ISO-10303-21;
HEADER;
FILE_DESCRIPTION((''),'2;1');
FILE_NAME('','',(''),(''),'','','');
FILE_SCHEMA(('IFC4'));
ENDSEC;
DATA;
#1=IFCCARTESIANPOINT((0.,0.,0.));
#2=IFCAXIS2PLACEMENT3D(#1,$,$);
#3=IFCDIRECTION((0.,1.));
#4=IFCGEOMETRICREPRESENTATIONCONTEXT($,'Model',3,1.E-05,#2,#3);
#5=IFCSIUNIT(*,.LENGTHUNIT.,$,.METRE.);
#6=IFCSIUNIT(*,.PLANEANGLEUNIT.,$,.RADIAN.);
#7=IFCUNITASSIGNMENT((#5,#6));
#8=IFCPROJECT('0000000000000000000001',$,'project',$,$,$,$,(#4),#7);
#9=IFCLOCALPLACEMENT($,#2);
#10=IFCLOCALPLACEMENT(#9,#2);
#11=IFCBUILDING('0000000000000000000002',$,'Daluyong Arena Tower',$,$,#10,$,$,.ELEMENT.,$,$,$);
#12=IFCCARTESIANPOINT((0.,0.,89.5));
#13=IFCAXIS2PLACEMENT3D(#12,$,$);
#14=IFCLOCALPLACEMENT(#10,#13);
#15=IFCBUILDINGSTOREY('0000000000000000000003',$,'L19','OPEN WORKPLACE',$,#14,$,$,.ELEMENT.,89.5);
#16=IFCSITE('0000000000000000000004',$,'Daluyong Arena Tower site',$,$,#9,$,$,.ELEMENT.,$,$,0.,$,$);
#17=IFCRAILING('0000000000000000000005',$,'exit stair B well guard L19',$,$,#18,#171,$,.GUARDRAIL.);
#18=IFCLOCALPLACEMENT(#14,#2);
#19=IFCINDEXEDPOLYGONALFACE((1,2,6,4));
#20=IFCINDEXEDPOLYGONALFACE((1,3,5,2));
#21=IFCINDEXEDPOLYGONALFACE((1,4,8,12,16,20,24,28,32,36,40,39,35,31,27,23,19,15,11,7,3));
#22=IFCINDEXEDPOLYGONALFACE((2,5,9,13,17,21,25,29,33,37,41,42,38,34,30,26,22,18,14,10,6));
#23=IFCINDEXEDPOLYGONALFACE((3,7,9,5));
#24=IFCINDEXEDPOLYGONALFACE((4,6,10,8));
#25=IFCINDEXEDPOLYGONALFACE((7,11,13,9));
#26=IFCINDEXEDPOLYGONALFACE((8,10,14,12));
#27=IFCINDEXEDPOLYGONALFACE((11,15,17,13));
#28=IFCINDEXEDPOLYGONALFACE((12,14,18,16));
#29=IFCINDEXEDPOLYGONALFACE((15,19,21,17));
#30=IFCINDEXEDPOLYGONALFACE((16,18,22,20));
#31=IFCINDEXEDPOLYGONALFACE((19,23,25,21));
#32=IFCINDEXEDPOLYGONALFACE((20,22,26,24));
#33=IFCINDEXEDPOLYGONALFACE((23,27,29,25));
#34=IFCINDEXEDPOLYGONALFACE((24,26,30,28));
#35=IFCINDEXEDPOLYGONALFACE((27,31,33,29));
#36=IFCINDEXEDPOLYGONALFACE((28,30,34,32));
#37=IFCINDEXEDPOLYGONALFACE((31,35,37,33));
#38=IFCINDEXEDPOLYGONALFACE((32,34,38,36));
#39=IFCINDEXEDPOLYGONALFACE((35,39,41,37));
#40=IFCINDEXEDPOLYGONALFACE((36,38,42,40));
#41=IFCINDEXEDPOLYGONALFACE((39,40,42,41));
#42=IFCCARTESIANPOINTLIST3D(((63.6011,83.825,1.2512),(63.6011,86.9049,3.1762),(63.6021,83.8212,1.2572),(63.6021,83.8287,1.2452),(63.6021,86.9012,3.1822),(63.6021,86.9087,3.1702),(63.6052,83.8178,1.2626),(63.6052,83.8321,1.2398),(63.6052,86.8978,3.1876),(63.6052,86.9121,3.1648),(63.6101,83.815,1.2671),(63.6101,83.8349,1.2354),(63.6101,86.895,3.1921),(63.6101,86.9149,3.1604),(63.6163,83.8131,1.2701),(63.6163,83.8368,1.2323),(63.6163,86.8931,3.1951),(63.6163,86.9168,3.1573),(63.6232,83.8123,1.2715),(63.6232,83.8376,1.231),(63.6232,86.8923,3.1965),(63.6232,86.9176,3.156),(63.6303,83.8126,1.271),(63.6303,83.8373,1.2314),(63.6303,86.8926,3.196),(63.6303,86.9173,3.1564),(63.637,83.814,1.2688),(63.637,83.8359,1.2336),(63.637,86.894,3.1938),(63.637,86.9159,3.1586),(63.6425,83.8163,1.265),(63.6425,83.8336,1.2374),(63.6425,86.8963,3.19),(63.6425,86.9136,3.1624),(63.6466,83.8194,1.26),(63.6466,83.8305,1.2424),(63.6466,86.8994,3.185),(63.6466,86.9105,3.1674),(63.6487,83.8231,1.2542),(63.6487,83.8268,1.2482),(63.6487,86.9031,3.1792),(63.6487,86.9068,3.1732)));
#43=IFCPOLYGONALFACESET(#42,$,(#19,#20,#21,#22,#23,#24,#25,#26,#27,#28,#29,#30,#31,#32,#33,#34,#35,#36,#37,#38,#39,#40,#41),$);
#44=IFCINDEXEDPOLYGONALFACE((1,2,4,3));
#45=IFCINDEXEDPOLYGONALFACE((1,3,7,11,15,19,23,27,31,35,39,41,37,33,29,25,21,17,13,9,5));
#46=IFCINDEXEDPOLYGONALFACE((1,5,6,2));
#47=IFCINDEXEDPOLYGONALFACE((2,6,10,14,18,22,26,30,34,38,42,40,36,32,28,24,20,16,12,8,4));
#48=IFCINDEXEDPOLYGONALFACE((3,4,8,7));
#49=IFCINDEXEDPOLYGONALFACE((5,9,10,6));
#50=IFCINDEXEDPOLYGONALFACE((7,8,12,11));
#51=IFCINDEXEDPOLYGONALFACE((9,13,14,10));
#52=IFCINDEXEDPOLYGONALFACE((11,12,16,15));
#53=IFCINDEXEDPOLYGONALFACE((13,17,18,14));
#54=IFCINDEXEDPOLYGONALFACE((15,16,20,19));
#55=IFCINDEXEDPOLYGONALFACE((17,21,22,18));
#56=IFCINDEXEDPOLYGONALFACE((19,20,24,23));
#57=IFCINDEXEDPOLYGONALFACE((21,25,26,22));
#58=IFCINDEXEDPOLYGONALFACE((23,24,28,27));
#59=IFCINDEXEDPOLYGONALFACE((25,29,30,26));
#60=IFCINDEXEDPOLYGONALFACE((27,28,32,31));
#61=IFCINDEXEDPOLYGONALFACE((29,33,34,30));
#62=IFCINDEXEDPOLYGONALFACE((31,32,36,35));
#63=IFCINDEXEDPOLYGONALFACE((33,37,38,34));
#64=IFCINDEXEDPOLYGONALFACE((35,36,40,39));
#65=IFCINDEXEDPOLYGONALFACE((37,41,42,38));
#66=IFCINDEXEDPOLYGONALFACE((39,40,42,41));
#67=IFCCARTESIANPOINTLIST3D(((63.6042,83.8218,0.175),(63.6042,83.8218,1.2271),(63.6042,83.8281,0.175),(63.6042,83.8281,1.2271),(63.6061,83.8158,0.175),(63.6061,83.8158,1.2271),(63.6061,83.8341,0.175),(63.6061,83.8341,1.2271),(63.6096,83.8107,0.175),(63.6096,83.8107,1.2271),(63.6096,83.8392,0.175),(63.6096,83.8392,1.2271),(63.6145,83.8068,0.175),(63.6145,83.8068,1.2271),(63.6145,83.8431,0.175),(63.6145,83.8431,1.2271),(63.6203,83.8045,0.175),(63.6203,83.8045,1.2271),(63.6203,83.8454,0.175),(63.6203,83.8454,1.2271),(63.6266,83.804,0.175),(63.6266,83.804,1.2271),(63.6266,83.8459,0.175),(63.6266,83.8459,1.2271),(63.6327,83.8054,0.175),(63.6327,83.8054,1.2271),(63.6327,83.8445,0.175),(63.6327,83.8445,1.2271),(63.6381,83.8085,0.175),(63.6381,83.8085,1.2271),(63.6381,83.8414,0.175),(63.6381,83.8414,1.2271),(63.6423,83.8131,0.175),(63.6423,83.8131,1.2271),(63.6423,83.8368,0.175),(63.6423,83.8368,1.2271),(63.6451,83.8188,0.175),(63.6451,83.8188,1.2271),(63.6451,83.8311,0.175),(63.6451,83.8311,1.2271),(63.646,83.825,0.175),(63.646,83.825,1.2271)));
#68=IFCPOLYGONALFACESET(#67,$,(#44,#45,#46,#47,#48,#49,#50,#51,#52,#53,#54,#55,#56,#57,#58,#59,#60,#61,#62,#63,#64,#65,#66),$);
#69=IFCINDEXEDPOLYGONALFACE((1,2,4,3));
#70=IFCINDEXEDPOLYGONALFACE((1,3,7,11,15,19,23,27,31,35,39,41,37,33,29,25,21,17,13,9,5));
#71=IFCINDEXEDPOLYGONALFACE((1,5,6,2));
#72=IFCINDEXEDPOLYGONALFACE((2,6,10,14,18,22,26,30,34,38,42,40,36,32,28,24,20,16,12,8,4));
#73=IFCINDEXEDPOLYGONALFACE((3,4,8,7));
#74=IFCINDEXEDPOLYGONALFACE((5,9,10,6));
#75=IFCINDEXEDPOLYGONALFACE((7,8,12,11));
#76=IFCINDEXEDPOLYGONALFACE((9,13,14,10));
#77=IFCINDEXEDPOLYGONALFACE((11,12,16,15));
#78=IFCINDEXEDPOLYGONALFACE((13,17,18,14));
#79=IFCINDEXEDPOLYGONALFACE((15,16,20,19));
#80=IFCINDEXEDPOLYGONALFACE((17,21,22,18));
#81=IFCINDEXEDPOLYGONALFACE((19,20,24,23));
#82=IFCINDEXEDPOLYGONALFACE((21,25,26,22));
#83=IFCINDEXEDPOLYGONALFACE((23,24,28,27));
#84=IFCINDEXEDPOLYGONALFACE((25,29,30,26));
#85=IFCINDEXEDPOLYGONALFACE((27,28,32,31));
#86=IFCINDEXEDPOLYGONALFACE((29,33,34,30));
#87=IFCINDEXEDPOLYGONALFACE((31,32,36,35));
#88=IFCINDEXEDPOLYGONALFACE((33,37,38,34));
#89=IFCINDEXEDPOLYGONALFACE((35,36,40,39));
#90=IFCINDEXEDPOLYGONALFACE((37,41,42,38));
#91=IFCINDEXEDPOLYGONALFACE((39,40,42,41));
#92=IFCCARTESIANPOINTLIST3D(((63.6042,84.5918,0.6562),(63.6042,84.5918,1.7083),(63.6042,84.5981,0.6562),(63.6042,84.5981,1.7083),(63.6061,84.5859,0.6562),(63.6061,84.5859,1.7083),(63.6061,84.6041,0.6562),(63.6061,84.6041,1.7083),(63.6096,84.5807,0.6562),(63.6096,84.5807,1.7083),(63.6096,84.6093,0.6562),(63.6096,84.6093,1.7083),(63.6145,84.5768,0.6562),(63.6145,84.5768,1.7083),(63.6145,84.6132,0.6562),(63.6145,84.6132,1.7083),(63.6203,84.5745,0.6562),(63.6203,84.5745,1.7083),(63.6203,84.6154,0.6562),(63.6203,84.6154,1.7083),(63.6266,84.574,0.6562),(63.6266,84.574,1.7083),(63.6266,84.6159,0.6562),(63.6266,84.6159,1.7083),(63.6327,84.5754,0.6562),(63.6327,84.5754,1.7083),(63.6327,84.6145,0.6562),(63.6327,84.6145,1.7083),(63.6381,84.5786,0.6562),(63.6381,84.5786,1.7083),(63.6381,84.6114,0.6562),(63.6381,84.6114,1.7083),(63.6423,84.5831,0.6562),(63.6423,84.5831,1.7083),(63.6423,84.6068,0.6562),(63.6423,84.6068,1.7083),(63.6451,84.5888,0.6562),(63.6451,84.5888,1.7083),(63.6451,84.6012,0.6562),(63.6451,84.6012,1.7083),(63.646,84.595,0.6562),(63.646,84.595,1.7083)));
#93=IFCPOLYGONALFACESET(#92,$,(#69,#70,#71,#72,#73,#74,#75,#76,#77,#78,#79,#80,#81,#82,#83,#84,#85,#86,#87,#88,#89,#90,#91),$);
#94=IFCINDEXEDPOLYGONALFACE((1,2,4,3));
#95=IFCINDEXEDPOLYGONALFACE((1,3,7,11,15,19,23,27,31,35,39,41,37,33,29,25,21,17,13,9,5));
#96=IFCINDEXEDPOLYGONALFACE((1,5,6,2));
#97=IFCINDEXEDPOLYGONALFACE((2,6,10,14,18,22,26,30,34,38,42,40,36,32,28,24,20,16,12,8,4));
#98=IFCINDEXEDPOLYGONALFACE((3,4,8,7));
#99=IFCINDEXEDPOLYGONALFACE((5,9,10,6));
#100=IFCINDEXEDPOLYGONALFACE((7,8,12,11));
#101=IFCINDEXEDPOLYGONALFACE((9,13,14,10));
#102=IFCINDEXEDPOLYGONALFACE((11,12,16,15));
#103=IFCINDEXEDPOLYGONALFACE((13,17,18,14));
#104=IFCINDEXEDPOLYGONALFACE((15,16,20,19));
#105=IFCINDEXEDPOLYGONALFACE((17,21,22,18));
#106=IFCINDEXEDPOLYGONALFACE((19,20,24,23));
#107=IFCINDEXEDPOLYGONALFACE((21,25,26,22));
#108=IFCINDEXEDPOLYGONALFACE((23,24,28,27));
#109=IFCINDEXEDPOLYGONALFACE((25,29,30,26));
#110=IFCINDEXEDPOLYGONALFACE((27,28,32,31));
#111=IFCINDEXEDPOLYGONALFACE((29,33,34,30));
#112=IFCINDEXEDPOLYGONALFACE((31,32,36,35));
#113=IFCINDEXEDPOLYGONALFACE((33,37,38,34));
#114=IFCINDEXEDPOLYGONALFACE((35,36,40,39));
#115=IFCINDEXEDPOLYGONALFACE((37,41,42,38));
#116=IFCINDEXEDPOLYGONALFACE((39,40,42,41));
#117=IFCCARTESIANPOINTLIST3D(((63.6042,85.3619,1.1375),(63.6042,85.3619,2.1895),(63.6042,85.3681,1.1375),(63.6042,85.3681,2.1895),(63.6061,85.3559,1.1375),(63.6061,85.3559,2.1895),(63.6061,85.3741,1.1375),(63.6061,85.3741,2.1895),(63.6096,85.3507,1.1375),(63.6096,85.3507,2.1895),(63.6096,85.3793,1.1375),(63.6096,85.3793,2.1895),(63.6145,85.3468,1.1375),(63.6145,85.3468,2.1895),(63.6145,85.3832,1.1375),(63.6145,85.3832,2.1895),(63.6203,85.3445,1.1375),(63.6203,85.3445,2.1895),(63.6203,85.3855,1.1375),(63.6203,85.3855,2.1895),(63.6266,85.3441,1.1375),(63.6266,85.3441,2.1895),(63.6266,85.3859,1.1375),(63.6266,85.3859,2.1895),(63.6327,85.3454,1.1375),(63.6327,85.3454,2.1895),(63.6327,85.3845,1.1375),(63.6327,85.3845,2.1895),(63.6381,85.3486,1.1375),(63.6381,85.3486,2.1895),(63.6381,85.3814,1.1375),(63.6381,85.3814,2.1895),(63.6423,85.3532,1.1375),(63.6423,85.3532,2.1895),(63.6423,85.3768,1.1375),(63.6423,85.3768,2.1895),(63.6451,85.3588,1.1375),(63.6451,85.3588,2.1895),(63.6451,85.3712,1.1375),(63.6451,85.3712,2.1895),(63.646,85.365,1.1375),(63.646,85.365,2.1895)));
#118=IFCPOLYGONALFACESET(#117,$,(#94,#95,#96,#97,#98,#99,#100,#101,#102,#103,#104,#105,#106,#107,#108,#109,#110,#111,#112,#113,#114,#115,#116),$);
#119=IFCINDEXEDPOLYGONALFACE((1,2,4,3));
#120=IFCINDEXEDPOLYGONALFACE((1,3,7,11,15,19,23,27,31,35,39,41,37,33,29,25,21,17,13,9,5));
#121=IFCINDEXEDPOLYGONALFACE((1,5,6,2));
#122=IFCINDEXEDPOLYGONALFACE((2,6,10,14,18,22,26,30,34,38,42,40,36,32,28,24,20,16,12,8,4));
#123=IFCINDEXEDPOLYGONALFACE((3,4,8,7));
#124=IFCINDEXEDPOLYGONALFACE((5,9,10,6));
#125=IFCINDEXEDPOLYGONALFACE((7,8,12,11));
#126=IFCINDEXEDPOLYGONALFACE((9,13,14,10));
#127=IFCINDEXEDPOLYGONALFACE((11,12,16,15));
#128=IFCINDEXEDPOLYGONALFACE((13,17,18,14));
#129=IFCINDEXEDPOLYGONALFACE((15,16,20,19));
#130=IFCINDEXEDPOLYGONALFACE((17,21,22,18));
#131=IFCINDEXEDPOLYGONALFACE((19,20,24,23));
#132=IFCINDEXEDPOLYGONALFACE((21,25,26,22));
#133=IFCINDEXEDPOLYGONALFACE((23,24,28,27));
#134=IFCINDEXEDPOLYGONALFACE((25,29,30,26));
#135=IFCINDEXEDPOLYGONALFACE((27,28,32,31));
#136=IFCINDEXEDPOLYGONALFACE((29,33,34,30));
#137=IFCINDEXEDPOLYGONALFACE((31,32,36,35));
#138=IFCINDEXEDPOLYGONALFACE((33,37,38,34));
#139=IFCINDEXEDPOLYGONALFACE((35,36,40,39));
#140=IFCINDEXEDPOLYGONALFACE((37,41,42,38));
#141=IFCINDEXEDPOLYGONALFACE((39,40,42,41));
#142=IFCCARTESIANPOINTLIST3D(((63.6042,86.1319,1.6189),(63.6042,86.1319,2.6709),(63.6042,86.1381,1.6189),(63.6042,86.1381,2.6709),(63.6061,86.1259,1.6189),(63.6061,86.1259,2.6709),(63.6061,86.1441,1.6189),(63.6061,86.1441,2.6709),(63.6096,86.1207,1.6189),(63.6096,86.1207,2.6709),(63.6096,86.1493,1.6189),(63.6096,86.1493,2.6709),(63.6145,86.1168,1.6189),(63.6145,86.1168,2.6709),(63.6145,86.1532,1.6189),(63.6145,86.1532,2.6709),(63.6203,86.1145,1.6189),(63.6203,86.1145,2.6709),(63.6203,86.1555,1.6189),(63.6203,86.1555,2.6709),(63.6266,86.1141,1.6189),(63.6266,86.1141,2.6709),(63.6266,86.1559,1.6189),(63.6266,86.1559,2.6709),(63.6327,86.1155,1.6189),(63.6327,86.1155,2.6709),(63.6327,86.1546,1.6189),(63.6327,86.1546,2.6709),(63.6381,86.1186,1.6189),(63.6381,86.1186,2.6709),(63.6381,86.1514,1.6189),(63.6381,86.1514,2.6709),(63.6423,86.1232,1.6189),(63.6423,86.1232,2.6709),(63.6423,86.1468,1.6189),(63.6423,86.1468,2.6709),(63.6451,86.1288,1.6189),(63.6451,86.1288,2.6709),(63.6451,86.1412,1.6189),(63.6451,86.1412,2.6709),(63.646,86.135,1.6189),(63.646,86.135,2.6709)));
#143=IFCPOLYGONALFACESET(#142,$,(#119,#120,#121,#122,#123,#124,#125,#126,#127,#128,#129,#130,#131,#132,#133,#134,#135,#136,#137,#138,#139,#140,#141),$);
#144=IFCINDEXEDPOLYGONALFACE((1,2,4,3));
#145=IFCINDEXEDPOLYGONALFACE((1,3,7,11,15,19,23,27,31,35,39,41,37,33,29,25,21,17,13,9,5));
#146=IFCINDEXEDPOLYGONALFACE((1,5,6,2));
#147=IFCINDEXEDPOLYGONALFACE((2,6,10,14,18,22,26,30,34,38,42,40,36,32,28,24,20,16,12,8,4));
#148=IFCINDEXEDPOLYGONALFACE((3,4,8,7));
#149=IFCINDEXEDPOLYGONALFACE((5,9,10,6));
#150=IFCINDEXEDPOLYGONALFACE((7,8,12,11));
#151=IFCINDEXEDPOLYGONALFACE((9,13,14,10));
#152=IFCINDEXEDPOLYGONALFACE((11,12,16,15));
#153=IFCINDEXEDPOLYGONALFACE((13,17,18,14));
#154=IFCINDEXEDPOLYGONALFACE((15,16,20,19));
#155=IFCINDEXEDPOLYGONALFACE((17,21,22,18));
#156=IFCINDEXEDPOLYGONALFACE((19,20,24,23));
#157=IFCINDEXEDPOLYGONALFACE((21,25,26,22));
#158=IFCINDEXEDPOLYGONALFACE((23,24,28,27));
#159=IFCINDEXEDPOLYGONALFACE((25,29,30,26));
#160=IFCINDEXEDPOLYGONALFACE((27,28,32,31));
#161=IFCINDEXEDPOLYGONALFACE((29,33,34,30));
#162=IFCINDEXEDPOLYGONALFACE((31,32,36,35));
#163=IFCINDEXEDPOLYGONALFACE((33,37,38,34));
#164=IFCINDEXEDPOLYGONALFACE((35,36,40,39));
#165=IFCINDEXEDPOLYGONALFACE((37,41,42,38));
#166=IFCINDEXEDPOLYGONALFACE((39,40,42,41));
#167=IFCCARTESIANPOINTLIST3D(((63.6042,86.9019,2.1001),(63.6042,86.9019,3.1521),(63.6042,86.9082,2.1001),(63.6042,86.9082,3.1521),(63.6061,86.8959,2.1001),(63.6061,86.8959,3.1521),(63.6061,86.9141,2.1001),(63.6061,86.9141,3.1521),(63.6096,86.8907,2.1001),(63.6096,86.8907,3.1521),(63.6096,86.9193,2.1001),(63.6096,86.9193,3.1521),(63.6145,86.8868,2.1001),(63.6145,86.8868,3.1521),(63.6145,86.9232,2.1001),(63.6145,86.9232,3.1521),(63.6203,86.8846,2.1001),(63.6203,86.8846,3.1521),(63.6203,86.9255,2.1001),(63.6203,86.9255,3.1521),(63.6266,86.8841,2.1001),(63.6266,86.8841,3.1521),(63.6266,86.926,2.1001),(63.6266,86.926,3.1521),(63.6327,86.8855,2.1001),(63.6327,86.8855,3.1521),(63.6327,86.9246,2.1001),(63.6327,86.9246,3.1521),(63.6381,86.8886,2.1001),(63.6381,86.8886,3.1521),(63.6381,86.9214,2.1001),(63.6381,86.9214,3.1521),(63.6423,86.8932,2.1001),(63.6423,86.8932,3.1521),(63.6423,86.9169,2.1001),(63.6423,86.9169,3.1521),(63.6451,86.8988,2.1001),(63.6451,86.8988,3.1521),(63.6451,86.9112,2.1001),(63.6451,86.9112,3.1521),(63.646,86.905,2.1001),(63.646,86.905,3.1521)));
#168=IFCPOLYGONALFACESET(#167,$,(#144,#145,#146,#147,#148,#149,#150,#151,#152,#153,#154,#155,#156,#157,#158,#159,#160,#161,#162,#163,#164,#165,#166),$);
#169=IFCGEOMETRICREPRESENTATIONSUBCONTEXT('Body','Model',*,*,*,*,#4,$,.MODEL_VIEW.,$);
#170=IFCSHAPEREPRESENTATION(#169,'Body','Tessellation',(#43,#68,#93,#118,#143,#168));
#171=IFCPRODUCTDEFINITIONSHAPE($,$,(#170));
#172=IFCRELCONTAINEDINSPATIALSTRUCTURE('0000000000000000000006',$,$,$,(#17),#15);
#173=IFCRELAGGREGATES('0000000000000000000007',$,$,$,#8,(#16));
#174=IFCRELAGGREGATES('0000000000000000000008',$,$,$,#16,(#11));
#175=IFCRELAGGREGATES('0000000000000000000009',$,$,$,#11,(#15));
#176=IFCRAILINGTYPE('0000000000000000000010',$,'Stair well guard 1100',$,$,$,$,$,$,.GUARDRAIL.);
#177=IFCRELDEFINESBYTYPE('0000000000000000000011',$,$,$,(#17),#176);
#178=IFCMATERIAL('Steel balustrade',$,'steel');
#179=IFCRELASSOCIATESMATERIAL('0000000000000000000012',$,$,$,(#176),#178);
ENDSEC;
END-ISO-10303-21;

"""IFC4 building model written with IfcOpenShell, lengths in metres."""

from ifc_helpers import new_model, si_unit, direction, frame, origin, origin_2d, place, context, subcontext, project, spatial, circle, extrude, material, type_object, element, save


model = new_model("IFC4")

# Units and contexts
model_context = context("Model", 3, precision=1e-05, world=origin(), true_north=direction((0.0, 1.0)))
body_context = subcontext(model_context, "Body", "Model", "MODEL_VIEW")
ifc_project = project(units=[si_unit("LENGTHUNIT", "METRE"), si_unit("PLANEANGLEUNIT", "RADIAN")], contexts=[model_context])

# Site, building, storey
site_placement = place(None, origin())
site = spatial("IfcSite", under=ifc_project, at=site_placement, Name="Daluyong Arena Tower site", CompositionType="ELEMENT", RefElevation=0.0)
building_placement = place(site_placement, origin())
building = spatial("IfcBuilding", under=site, at=building_placement, Name="Daluyong Arena Tower", CompositionType="ELEMENT")
storey_placement = place(building_placement, frame((0.0, 0.0, 89.5)))
storey = spatial("IfcBuildingStorey", under=building, at=storey_placement, Name="L19", Description="OPEN WORKPLACE", CompositionType="ELEMENT", Elevation=89.5)

# Railing
ifc_material_1 = material(Name="Steel balustrade", Category="steel")
railing_type_1 = type_object("IfcRailingType", Name="Stair well guard 1100", PredefinedType="GUARDRAIL", material=ifc_material_1)
railing_1_placement = place(storey_placement, frame((63.625, 83.825, 0.175)))
element("IfcRailing", 1, at=railing_1_placement, inside=storey, type_object=railing_type_1, Name="exit stair B well guard L19", PredefinedType="GUARDRAIL", context=body_context, shape_type="SweptSolid", body=[
    extrude(circle(Radius=0.0239, at=origin_2d()), frame((0.0, 0.0, 1.0762), z_axis=(0.0, 0.847998, 0.529999), x_axis=(-1.0, 0.0, 0.0)), (0.0, 0.0, 1.0), 3.6321),
    extrude(circle(Radius=0.021, at=origin_2d()), origin(), (0.0, 0.0, 1.0), 1.052),
    extrude(circle(Radius=0.021, at=origin_2d()), frame((0.0, 0.77, 0.4812)), (0.0, 0.0, 1.0), 1.052),
    extrude(circle(Radius=0.021, at=origin_2d()), frame((0.0, 1.54, 0.9624)), (0.0, 0.0, 1.0), 1.052),
    extrude(circle(Radius=0.021, at=origin_2d()), frame((0.0, 2.3101, 1.4438)), (0.0, 0.0, 1.0), 1.052),
    extrude(circle(Radius=0.021, at=origin_2d()), frame((0.0, 3.0801, 1.925)), (0.0, 0.0, 1.0), 1.052),
])

save(model, "model.ifc")
